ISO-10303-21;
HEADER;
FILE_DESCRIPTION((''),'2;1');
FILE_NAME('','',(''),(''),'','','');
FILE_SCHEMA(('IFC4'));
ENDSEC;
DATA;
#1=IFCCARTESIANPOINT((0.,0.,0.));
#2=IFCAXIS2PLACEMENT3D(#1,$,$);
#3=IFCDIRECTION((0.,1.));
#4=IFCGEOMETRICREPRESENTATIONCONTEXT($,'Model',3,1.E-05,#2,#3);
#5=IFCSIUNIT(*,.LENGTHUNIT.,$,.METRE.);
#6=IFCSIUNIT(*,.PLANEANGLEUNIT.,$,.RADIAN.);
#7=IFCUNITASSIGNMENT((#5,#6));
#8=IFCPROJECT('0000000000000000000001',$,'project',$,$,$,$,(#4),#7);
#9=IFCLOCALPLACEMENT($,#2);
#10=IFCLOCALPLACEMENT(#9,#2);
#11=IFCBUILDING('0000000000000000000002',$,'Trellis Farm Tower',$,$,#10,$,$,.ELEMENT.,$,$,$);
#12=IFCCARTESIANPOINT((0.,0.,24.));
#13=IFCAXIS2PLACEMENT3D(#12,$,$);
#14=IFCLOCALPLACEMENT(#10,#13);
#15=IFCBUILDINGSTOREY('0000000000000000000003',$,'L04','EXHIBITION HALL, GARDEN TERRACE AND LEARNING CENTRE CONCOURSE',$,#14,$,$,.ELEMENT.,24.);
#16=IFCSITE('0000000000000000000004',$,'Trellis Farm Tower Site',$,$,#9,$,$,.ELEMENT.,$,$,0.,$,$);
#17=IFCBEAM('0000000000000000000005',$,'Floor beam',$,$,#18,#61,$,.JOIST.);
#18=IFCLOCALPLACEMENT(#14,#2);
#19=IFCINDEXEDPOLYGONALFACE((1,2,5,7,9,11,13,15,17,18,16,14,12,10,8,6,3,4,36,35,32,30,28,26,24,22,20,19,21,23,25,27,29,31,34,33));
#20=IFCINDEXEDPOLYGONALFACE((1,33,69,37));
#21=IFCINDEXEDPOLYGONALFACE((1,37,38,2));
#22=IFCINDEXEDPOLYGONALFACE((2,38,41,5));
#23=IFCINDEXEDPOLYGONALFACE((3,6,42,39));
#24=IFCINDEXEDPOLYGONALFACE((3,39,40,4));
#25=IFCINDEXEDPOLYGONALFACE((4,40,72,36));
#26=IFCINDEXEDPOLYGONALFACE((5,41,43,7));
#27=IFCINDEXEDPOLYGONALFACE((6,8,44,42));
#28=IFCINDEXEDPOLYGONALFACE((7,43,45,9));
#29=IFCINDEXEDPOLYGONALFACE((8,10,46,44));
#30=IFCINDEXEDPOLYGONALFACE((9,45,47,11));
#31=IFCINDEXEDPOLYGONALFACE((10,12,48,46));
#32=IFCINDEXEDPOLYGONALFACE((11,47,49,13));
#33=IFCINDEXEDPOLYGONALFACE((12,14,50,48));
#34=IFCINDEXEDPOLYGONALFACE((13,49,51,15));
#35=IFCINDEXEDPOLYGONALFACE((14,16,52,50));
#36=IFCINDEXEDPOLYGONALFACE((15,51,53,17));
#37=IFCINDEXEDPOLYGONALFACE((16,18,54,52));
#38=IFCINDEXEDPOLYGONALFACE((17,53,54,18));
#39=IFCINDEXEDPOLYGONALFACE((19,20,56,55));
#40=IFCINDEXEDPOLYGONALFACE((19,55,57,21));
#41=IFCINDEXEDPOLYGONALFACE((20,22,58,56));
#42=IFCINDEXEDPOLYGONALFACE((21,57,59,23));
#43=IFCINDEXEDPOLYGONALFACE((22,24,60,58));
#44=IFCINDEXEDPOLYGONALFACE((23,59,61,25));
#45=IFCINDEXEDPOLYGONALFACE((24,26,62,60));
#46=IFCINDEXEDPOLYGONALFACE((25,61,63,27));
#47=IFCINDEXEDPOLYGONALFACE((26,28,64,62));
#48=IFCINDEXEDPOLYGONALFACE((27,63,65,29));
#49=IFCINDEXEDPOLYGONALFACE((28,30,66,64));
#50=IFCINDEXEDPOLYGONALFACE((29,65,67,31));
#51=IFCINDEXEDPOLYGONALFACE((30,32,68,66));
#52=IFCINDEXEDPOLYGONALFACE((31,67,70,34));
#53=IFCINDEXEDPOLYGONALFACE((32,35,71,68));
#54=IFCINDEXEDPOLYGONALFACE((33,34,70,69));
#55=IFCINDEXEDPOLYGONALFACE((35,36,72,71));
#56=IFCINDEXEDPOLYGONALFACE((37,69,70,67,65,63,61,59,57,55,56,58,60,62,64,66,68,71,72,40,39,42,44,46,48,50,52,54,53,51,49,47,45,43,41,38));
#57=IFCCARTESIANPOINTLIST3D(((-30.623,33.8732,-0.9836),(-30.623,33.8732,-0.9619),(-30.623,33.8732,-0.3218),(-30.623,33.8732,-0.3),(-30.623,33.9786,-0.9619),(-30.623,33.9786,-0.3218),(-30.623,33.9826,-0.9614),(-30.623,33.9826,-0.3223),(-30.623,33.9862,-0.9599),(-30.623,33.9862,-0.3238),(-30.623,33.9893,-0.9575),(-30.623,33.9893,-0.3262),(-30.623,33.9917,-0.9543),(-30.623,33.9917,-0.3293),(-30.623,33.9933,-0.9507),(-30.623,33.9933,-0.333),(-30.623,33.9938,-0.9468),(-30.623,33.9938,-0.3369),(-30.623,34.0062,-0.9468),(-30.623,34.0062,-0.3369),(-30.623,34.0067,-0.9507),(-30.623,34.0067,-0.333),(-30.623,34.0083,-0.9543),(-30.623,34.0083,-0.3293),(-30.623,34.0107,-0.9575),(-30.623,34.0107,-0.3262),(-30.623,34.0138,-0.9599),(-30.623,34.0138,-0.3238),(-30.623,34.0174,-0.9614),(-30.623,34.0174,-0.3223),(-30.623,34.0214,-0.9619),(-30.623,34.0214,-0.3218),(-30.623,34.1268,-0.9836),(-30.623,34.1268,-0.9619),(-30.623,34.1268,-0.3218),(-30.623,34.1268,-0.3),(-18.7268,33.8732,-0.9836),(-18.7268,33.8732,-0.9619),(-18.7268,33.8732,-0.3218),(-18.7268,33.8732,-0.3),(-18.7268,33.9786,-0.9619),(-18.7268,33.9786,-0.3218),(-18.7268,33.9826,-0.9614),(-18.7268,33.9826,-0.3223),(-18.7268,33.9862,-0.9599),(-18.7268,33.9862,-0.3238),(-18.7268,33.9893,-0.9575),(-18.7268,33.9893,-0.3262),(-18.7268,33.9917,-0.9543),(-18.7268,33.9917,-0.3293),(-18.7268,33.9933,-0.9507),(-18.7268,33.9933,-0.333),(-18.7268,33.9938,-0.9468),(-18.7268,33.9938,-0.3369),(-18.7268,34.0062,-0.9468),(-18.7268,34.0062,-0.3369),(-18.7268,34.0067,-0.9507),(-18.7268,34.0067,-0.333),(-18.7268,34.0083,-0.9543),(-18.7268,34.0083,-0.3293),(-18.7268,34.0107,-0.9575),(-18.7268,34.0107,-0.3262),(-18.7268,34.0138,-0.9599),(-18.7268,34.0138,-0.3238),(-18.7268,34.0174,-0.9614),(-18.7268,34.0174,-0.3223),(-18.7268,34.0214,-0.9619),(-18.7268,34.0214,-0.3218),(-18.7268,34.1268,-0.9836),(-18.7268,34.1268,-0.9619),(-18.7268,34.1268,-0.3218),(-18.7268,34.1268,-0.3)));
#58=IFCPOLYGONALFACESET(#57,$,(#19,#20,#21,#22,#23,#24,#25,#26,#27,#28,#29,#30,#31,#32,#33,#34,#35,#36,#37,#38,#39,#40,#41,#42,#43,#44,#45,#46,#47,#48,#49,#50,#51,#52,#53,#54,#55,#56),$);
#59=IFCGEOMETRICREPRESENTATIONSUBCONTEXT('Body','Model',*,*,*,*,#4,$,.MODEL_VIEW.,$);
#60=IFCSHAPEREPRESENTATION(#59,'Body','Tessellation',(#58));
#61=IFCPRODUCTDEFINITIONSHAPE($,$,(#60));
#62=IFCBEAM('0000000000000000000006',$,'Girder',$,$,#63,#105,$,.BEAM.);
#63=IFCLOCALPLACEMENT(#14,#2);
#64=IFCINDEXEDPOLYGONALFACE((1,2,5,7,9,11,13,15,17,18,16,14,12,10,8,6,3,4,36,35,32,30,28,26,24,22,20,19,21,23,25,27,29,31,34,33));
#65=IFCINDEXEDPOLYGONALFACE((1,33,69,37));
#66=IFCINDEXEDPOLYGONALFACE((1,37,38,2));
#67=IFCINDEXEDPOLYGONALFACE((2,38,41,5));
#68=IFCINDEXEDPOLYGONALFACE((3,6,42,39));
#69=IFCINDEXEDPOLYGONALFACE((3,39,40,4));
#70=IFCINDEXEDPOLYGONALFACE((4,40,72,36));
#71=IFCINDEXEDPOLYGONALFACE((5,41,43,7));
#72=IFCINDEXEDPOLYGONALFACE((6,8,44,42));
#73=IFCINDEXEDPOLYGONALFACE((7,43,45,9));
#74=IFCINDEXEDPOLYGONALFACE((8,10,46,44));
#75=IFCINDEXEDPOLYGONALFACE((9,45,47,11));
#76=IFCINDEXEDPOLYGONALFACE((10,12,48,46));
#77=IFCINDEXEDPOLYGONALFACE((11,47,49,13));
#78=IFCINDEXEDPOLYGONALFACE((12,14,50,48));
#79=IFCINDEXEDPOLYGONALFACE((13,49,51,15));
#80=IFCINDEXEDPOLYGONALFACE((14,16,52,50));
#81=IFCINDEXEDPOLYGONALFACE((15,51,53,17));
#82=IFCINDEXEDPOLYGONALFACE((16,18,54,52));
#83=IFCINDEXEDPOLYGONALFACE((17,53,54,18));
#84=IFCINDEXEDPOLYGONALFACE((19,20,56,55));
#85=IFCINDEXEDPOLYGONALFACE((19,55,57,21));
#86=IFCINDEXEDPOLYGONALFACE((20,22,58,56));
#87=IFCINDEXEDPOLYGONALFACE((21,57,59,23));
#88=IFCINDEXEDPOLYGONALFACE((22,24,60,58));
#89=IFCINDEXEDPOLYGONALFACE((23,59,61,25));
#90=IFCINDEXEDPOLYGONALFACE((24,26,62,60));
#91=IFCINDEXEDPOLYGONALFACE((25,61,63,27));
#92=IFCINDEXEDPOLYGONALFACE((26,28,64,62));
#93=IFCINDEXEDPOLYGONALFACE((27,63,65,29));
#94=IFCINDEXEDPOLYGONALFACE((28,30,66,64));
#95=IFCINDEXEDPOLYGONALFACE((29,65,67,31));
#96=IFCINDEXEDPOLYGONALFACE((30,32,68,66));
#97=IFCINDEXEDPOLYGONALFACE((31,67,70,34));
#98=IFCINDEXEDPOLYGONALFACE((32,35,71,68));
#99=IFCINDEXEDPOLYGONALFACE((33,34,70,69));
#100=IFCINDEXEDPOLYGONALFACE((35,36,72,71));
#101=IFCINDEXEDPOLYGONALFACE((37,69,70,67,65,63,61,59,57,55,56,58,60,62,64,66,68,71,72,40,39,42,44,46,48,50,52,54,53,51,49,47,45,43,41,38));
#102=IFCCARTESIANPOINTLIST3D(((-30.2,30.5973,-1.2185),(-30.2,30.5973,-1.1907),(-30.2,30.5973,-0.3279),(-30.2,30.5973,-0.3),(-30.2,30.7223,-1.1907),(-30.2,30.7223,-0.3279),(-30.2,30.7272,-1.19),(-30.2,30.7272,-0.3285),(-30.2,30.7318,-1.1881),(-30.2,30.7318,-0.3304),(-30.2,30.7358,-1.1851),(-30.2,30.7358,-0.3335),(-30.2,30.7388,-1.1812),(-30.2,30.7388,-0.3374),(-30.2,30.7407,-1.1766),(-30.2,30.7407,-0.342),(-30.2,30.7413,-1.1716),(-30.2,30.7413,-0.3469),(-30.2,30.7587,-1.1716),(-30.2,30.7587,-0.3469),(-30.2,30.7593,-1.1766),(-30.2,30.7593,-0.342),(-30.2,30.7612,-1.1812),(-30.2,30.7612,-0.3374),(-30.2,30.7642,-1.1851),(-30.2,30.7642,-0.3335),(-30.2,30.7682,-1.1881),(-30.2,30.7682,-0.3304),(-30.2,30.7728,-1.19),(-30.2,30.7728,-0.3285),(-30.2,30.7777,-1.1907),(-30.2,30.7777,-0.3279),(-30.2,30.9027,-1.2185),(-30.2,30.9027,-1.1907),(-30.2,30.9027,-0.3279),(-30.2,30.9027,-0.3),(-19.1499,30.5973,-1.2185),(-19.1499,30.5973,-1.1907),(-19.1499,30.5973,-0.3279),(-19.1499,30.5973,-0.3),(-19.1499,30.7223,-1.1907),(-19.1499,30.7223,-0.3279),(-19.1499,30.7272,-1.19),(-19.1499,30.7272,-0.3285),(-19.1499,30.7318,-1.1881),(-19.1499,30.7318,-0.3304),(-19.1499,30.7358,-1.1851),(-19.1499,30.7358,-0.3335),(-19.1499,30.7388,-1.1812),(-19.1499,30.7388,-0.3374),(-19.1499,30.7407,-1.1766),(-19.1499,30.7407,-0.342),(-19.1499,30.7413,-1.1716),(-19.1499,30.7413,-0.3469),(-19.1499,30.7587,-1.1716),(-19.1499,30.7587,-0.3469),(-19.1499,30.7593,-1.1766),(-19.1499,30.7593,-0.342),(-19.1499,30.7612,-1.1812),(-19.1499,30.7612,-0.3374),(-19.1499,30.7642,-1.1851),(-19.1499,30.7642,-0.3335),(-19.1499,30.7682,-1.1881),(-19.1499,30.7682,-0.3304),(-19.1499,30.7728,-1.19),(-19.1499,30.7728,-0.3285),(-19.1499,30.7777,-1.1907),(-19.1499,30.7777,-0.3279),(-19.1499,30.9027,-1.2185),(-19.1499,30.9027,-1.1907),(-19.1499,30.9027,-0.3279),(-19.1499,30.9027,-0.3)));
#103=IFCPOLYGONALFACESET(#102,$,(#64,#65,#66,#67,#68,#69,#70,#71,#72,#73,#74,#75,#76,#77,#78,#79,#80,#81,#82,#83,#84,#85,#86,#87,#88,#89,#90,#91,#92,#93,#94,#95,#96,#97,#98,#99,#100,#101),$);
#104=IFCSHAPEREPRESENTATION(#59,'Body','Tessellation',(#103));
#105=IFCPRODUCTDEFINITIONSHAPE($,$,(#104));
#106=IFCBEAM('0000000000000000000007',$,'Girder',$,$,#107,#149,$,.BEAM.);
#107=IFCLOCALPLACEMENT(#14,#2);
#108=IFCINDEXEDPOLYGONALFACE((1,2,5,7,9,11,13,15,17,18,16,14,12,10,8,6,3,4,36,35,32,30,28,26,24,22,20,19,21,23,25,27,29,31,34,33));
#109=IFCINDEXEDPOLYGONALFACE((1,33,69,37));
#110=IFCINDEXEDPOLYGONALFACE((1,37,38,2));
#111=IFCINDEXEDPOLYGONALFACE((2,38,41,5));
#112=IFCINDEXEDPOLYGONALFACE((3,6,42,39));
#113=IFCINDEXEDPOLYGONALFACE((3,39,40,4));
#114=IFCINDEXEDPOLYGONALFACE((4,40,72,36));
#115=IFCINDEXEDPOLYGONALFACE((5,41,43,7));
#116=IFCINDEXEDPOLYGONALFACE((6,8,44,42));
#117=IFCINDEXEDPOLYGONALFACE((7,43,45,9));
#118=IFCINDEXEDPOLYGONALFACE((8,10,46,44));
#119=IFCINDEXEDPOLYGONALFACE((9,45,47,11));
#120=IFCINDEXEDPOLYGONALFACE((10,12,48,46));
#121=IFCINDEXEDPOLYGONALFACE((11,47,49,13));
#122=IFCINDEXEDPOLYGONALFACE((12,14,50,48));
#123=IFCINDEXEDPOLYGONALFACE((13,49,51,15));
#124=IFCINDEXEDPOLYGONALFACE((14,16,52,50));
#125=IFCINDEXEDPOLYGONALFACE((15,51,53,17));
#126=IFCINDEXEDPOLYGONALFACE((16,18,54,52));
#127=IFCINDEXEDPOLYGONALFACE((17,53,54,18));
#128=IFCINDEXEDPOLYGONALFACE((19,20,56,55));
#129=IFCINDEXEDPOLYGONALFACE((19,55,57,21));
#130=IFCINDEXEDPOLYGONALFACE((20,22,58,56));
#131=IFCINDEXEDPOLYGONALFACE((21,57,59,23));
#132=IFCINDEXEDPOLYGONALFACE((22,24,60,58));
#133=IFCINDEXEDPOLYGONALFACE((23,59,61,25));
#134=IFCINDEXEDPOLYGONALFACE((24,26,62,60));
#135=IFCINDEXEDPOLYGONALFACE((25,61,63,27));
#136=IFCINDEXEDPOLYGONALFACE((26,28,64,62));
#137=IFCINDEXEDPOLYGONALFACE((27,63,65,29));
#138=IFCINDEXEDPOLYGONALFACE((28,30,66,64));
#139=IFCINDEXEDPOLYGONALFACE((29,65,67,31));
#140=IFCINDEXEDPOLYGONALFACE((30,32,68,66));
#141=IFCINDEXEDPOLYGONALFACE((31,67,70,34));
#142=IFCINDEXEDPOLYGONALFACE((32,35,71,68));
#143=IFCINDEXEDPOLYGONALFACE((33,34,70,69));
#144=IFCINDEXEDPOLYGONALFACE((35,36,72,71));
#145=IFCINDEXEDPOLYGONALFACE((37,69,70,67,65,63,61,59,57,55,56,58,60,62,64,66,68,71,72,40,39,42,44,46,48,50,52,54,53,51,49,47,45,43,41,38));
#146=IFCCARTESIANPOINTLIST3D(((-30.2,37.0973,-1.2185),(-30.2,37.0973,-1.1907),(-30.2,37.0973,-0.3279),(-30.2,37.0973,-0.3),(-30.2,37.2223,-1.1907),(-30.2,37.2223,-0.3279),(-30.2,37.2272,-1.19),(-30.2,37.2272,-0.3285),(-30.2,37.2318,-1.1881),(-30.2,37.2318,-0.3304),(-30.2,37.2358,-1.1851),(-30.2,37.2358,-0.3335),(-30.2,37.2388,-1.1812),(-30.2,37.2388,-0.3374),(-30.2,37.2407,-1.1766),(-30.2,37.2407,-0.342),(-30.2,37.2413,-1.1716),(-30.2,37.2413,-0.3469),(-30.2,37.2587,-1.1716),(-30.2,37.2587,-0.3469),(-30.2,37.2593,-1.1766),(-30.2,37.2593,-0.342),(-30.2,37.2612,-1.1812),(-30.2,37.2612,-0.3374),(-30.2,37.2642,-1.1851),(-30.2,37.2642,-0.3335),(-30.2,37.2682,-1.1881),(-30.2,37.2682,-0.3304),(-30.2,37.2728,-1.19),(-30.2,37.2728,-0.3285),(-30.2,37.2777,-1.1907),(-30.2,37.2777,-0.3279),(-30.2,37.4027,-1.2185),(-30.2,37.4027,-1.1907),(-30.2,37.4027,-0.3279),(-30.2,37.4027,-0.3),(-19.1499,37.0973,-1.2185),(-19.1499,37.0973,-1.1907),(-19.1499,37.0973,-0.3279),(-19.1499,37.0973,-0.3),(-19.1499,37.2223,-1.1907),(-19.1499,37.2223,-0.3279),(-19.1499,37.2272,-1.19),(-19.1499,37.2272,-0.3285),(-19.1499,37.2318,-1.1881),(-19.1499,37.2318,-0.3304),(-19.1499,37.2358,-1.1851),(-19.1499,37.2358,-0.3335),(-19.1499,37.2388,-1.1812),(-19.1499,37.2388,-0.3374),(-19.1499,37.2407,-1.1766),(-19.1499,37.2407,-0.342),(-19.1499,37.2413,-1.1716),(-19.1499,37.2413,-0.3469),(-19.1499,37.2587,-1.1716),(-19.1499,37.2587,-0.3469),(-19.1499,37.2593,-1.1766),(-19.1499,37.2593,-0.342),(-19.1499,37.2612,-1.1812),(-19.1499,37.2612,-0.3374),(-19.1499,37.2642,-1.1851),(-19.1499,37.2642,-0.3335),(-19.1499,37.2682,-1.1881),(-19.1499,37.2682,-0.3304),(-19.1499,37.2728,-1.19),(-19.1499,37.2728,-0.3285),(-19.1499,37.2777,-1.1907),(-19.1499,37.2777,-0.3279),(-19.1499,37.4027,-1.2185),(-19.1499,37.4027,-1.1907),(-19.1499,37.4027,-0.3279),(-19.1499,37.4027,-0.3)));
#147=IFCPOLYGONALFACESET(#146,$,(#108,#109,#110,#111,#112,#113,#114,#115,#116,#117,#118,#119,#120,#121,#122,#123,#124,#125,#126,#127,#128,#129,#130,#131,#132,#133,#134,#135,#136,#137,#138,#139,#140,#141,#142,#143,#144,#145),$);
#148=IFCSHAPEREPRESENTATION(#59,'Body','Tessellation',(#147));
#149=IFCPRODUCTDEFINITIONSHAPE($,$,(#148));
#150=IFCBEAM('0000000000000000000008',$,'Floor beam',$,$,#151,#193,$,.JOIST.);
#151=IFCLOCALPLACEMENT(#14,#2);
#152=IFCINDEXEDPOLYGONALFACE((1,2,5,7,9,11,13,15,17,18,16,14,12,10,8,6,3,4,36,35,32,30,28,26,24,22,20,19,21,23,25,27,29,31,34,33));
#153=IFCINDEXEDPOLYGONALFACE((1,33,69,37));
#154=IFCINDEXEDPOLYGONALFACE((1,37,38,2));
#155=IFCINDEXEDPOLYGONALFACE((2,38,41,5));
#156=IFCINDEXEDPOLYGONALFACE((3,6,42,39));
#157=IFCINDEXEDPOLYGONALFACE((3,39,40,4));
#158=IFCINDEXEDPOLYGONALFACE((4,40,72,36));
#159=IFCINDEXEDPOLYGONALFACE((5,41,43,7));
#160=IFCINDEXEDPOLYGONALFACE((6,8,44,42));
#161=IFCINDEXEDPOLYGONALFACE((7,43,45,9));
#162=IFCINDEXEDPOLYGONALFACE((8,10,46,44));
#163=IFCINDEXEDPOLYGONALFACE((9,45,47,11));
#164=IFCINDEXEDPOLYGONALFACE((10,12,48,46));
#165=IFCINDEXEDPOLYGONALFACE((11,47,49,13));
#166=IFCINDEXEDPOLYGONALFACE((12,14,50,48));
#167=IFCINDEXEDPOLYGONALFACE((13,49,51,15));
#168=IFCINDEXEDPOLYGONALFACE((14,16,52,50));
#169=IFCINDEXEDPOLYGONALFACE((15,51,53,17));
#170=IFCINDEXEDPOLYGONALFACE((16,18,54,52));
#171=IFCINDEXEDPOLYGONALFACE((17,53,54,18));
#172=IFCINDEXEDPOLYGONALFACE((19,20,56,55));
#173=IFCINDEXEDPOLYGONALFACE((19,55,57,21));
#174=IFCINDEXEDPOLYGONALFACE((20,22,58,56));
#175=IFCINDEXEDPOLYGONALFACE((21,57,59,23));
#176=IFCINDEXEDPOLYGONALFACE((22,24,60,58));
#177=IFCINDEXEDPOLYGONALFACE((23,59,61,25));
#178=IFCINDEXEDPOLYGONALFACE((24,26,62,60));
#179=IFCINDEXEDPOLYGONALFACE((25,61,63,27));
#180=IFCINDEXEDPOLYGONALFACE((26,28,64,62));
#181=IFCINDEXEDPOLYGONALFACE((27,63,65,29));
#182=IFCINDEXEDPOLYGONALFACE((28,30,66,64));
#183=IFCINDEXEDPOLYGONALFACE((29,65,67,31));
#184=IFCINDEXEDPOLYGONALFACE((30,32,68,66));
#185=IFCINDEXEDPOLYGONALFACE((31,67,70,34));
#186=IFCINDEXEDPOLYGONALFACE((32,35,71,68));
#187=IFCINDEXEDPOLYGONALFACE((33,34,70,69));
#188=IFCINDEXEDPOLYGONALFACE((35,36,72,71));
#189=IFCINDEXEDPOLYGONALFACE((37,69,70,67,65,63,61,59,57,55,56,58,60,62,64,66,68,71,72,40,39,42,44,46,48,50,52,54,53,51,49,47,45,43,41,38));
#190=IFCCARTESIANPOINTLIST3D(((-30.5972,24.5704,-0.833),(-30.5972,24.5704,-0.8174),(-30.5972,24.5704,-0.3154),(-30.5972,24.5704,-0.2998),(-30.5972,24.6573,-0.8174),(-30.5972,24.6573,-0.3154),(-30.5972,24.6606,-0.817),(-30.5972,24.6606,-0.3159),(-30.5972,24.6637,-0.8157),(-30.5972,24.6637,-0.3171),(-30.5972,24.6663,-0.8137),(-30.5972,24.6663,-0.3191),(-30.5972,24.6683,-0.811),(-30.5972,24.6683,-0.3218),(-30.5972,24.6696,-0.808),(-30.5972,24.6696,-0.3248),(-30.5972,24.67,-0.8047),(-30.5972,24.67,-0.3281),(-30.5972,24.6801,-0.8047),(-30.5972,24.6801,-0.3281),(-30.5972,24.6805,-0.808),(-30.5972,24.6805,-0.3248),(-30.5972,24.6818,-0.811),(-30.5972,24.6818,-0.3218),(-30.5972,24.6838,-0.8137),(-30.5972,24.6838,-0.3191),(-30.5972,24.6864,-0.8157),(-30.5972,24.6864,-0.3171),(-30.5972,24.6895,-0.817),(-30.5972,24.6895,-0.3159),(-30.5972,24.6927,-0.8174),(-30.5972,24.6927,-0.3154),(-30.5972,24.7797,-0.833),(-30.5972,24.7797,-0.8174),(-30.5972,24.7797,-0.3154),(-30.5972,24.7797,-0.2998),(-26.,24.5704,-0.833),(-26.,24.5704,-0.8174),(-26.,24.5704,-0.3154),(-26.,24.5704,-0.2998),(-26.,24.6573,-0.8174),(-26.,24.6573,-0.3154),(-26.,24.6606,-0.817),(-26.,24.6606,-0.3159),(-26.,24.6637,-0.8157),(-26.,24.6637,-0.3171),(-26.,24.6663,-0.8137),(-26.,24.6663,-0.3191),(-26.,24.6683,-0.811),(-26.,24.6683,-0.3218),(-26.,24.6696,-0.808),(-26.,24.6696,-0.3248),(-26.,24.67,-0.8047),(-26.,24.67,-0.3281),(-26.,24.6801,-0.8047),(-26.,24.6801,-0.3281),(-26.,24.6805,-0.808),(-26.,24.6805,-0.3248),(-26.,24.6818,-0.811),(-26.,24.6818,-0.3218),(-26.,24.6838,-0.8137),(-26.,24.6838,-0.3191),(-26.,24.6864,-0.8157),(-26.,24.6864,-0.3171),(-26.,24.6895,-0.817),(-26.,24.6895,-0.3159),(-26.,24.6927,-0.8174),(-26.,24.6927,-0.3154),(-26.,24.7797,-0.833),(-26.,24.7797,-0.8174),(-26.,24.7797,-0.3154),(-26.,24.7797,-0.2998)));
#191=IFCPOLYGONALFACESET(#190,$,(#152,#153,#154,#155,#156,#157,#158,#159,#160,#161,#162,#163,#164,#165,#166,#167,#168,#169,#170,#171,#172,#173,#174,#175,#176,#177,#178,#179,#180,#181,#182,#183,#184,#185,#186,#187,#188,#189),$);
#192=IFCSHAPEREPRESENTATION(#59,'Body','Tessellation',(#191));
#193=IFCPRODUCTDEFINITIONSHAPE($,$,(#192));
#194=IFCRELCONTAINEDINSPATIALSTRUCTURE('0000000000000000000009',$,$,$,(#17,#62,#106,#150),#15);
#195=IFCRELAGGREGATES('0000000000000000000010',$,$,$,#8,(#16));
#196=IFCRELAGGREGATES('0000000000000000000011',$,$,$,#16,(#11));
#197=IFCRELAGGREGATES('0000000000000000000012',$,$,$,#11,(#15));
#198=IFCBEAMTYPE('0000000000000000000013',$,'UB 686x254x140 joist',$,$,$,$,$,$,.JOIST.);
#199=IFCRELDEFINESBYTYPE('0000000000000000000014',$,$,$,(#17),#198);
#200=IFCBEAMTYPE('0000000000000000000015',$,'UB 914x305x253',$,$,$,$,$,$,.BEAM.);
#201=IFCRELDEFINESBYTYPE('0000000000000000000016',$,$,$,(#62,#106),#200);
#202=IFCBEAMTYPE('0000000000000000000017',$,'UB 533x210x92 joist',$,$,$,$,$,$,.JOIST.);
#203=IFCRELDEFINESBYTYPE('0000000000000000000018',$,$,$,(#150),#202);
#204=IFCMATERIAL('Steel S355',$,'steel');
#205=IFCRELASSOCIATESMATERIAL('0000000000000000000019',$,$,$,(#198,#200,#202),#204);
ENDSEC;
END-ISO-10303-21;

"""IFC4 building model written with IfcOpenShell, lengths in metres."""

from ifc_helpers import new_model, si_unit, direction, frame, origin, origin_2d, place, context, subcontext, project, spatial, i_section, extrude, source, transform, mapped, material, material_profile, profile_set, type_object, element, save


model = new_model("IFC4")

# Units and contexts
model_context = context("Model", 3, precision=1e-05, world=origin(), true_north=direction((0.0, 1.0)))
body_context = subcontext(model_context, "Body", "Model", "MODEL_VIEW")
ifc_project = project(units=[si_unit("LENGTHUNIT", "METRE"), si_unit("PLANEANGLEUNIT", "RADIAN")], contexts=[model_context])

# Site, building, storey
site_placement = place(None, origin())
site = spatial("IfcSite", under=ifc_project, at=site_placement, Name="Trellis Farm Tower Site", CompositionType="ELEMENT", RefElevation=0.0)
building_placement = place(site_placement, origin())
building = spatial("IfcBuilding", under=site, at=building_placement, Name="Trellis Farm Tower", CompositionType="ELEMENT")
storey_placement = place(building_placement, frame((0.0, 0.0, 24.0)))
storey = spatial("IfcBuildingStorey", under=building, at=storey_placement, Name="L04", Description="EXHIBITION HALL, GARDEN TERRACE AND LEARNING CENTRE CONCOURSE", CompositionType="ELEMENT", Elevation=24.0)

# Beams
ifc_material_1 = material(Name="Steel S355", Category="steel")
ifc_material_profile_1 = material_profile(ifc_material_1, i_section(OverallWidth=0.2537, OverallDepth=0.6836, WebThickness=0.0125, FlangeThickness=0.0217, FilletRadius=0.0151, at=origin_2d()), Name="UB 686x254x140")
ifc_profile_set_1 = profile_set([ifc_material_profile_1], Name="Steel S355")
beam_type_1 = type_object("IfcBeamType", Name="UB 686x254x140 joist", PredefinedType="JOIST", material=ifc_profile_set_1)
shared_shape_1 = source(origin(), body_context, "Body", "SweptSolid", [
    extrude(i_section(OverallWidth=0.2537, OverallDepth=0.6836, WebThickness=0.0125, FlangeThickness=0.0217, FilletRadius=0.0151, at=origin_2d()), origin(), (0.0, 0.0, 1.0), 11.8962),
])
beam_placement = place(storey_placement, frame((-30.623, 34.0, -0.6418), z_axis=(1.0, 0.0, 0.0), x_axis=(0.0, 1.0, 0.0)))
element("IfcBeam", 1, at=beam_placement, inside=storey, type_object=beam_type_1, Name="Floor beam", PredefinedType="JOIST", context=body_context, shape_type="MappedRepresentation", body=[
    mapped(shared_shape_1, transform((0.0, 0.0, 0.0))),
])
ifc_material_profile_2 = material_profile(ifc_material_1, i_section(OverallWidth=0.3054, OverallDepth=0.9185, WebThickness=0.0173, FlangeThickness=0.0278, FilletRadius=0.019, at=origin_2d()), Name="UB 914x305x253")
ifc_profile_set_2 = profile_set([ifc_material_profile_2], Name="Steel S355")
beam_type_2 = type_object("IfcBeamType", Name="UB 914x305x253", PredefinedType="BEAM", material=ifc_profile_set_2)
shared_shape_2 = source(origin(), body_context, "Body", "SweptSolid", [
    extrude(i_section(OverallWidth=0.3054, OverallDepth=0.9185, WebThickness=0.0173, FlangeThickness=0.0278, FilletRadius=0.019, at=origin_2d()), origin(), (0.0, 0.0, 1.0), 11.05),
])
for number, where, z_axis, x_axis, name in (
    (2, (-30.2, 30.75, -0.7593), (1.0, 0.0, 0.0), (0.0, 1.0, 0.0), "Girder"),
    (3, (-30.2, 37.25, -0.7593), (1.0, 0.0, 0.0), (0.0, 1.0, 0.0), "Girder"),
):
    element("IfcBeam", number, at=place(storey_placement, frame(where, z_axis=z_axis, x_axis=x_axis)), inside=storey, type_object=beam_type_2, Name=name, PredefinedType="BEAM", context=body_context, shape_type="MappedRepresentation", body=[
        mapped(shared_shape_2, transform((0.0, 0.0, 0.0))),
    ])
ifc_material_profile_3 = material_profile(ifc_material_1, i_section(OverallWidth=0.2092, OverallDepth=0.5332, WebThickness=0.01, FlangeThickness=0.0156, FilletRadius=0.0127, at=origin_2d()), Name="UB 533x210x92")
ifc_profile_set_3 = profile_set([ifc_material_profile_3], Name="Steel S355")
beam_type_3 = type_object("IfcBeamType", Name="UB 533x210x92 joist", PredefinedType="JOIST", material=ifc_profile_set_3)
shared_shape_3 = source(origin(), body_context, "Body", "SweptSolid", [
    extrude(i_section(OverallWidth=0.2092, OverallDepth=0.5332, WebThickness=0.01, FlangeThickness=0.0156, FilletRadius=0.0127, at=origin_2d()), origin(), (0.0, 0.0, 1.0), 4.5972),
])
for number, where, z_axis, x_axis, name in (
    (4, (-30.5972, 24.675, -0.5664), (1.0, 0.0, 0.0), (0.0, 1.0, 0.0), "Floor beam"),
):
    element("IfcBeam", number, at=place(storey_placement, frame(where, z_axis=z_axis, x_axis=x_axis)), inside=storey, type_object=beam_type_3, Name=name, PredefinedType="JOIST", context=body_context, shape_type="MappedRepresentation", body=[
        mapped(shared_shape_3, transform((0.0, 0.0, 0.0))),
    ])

save(model, "model.ifc")
